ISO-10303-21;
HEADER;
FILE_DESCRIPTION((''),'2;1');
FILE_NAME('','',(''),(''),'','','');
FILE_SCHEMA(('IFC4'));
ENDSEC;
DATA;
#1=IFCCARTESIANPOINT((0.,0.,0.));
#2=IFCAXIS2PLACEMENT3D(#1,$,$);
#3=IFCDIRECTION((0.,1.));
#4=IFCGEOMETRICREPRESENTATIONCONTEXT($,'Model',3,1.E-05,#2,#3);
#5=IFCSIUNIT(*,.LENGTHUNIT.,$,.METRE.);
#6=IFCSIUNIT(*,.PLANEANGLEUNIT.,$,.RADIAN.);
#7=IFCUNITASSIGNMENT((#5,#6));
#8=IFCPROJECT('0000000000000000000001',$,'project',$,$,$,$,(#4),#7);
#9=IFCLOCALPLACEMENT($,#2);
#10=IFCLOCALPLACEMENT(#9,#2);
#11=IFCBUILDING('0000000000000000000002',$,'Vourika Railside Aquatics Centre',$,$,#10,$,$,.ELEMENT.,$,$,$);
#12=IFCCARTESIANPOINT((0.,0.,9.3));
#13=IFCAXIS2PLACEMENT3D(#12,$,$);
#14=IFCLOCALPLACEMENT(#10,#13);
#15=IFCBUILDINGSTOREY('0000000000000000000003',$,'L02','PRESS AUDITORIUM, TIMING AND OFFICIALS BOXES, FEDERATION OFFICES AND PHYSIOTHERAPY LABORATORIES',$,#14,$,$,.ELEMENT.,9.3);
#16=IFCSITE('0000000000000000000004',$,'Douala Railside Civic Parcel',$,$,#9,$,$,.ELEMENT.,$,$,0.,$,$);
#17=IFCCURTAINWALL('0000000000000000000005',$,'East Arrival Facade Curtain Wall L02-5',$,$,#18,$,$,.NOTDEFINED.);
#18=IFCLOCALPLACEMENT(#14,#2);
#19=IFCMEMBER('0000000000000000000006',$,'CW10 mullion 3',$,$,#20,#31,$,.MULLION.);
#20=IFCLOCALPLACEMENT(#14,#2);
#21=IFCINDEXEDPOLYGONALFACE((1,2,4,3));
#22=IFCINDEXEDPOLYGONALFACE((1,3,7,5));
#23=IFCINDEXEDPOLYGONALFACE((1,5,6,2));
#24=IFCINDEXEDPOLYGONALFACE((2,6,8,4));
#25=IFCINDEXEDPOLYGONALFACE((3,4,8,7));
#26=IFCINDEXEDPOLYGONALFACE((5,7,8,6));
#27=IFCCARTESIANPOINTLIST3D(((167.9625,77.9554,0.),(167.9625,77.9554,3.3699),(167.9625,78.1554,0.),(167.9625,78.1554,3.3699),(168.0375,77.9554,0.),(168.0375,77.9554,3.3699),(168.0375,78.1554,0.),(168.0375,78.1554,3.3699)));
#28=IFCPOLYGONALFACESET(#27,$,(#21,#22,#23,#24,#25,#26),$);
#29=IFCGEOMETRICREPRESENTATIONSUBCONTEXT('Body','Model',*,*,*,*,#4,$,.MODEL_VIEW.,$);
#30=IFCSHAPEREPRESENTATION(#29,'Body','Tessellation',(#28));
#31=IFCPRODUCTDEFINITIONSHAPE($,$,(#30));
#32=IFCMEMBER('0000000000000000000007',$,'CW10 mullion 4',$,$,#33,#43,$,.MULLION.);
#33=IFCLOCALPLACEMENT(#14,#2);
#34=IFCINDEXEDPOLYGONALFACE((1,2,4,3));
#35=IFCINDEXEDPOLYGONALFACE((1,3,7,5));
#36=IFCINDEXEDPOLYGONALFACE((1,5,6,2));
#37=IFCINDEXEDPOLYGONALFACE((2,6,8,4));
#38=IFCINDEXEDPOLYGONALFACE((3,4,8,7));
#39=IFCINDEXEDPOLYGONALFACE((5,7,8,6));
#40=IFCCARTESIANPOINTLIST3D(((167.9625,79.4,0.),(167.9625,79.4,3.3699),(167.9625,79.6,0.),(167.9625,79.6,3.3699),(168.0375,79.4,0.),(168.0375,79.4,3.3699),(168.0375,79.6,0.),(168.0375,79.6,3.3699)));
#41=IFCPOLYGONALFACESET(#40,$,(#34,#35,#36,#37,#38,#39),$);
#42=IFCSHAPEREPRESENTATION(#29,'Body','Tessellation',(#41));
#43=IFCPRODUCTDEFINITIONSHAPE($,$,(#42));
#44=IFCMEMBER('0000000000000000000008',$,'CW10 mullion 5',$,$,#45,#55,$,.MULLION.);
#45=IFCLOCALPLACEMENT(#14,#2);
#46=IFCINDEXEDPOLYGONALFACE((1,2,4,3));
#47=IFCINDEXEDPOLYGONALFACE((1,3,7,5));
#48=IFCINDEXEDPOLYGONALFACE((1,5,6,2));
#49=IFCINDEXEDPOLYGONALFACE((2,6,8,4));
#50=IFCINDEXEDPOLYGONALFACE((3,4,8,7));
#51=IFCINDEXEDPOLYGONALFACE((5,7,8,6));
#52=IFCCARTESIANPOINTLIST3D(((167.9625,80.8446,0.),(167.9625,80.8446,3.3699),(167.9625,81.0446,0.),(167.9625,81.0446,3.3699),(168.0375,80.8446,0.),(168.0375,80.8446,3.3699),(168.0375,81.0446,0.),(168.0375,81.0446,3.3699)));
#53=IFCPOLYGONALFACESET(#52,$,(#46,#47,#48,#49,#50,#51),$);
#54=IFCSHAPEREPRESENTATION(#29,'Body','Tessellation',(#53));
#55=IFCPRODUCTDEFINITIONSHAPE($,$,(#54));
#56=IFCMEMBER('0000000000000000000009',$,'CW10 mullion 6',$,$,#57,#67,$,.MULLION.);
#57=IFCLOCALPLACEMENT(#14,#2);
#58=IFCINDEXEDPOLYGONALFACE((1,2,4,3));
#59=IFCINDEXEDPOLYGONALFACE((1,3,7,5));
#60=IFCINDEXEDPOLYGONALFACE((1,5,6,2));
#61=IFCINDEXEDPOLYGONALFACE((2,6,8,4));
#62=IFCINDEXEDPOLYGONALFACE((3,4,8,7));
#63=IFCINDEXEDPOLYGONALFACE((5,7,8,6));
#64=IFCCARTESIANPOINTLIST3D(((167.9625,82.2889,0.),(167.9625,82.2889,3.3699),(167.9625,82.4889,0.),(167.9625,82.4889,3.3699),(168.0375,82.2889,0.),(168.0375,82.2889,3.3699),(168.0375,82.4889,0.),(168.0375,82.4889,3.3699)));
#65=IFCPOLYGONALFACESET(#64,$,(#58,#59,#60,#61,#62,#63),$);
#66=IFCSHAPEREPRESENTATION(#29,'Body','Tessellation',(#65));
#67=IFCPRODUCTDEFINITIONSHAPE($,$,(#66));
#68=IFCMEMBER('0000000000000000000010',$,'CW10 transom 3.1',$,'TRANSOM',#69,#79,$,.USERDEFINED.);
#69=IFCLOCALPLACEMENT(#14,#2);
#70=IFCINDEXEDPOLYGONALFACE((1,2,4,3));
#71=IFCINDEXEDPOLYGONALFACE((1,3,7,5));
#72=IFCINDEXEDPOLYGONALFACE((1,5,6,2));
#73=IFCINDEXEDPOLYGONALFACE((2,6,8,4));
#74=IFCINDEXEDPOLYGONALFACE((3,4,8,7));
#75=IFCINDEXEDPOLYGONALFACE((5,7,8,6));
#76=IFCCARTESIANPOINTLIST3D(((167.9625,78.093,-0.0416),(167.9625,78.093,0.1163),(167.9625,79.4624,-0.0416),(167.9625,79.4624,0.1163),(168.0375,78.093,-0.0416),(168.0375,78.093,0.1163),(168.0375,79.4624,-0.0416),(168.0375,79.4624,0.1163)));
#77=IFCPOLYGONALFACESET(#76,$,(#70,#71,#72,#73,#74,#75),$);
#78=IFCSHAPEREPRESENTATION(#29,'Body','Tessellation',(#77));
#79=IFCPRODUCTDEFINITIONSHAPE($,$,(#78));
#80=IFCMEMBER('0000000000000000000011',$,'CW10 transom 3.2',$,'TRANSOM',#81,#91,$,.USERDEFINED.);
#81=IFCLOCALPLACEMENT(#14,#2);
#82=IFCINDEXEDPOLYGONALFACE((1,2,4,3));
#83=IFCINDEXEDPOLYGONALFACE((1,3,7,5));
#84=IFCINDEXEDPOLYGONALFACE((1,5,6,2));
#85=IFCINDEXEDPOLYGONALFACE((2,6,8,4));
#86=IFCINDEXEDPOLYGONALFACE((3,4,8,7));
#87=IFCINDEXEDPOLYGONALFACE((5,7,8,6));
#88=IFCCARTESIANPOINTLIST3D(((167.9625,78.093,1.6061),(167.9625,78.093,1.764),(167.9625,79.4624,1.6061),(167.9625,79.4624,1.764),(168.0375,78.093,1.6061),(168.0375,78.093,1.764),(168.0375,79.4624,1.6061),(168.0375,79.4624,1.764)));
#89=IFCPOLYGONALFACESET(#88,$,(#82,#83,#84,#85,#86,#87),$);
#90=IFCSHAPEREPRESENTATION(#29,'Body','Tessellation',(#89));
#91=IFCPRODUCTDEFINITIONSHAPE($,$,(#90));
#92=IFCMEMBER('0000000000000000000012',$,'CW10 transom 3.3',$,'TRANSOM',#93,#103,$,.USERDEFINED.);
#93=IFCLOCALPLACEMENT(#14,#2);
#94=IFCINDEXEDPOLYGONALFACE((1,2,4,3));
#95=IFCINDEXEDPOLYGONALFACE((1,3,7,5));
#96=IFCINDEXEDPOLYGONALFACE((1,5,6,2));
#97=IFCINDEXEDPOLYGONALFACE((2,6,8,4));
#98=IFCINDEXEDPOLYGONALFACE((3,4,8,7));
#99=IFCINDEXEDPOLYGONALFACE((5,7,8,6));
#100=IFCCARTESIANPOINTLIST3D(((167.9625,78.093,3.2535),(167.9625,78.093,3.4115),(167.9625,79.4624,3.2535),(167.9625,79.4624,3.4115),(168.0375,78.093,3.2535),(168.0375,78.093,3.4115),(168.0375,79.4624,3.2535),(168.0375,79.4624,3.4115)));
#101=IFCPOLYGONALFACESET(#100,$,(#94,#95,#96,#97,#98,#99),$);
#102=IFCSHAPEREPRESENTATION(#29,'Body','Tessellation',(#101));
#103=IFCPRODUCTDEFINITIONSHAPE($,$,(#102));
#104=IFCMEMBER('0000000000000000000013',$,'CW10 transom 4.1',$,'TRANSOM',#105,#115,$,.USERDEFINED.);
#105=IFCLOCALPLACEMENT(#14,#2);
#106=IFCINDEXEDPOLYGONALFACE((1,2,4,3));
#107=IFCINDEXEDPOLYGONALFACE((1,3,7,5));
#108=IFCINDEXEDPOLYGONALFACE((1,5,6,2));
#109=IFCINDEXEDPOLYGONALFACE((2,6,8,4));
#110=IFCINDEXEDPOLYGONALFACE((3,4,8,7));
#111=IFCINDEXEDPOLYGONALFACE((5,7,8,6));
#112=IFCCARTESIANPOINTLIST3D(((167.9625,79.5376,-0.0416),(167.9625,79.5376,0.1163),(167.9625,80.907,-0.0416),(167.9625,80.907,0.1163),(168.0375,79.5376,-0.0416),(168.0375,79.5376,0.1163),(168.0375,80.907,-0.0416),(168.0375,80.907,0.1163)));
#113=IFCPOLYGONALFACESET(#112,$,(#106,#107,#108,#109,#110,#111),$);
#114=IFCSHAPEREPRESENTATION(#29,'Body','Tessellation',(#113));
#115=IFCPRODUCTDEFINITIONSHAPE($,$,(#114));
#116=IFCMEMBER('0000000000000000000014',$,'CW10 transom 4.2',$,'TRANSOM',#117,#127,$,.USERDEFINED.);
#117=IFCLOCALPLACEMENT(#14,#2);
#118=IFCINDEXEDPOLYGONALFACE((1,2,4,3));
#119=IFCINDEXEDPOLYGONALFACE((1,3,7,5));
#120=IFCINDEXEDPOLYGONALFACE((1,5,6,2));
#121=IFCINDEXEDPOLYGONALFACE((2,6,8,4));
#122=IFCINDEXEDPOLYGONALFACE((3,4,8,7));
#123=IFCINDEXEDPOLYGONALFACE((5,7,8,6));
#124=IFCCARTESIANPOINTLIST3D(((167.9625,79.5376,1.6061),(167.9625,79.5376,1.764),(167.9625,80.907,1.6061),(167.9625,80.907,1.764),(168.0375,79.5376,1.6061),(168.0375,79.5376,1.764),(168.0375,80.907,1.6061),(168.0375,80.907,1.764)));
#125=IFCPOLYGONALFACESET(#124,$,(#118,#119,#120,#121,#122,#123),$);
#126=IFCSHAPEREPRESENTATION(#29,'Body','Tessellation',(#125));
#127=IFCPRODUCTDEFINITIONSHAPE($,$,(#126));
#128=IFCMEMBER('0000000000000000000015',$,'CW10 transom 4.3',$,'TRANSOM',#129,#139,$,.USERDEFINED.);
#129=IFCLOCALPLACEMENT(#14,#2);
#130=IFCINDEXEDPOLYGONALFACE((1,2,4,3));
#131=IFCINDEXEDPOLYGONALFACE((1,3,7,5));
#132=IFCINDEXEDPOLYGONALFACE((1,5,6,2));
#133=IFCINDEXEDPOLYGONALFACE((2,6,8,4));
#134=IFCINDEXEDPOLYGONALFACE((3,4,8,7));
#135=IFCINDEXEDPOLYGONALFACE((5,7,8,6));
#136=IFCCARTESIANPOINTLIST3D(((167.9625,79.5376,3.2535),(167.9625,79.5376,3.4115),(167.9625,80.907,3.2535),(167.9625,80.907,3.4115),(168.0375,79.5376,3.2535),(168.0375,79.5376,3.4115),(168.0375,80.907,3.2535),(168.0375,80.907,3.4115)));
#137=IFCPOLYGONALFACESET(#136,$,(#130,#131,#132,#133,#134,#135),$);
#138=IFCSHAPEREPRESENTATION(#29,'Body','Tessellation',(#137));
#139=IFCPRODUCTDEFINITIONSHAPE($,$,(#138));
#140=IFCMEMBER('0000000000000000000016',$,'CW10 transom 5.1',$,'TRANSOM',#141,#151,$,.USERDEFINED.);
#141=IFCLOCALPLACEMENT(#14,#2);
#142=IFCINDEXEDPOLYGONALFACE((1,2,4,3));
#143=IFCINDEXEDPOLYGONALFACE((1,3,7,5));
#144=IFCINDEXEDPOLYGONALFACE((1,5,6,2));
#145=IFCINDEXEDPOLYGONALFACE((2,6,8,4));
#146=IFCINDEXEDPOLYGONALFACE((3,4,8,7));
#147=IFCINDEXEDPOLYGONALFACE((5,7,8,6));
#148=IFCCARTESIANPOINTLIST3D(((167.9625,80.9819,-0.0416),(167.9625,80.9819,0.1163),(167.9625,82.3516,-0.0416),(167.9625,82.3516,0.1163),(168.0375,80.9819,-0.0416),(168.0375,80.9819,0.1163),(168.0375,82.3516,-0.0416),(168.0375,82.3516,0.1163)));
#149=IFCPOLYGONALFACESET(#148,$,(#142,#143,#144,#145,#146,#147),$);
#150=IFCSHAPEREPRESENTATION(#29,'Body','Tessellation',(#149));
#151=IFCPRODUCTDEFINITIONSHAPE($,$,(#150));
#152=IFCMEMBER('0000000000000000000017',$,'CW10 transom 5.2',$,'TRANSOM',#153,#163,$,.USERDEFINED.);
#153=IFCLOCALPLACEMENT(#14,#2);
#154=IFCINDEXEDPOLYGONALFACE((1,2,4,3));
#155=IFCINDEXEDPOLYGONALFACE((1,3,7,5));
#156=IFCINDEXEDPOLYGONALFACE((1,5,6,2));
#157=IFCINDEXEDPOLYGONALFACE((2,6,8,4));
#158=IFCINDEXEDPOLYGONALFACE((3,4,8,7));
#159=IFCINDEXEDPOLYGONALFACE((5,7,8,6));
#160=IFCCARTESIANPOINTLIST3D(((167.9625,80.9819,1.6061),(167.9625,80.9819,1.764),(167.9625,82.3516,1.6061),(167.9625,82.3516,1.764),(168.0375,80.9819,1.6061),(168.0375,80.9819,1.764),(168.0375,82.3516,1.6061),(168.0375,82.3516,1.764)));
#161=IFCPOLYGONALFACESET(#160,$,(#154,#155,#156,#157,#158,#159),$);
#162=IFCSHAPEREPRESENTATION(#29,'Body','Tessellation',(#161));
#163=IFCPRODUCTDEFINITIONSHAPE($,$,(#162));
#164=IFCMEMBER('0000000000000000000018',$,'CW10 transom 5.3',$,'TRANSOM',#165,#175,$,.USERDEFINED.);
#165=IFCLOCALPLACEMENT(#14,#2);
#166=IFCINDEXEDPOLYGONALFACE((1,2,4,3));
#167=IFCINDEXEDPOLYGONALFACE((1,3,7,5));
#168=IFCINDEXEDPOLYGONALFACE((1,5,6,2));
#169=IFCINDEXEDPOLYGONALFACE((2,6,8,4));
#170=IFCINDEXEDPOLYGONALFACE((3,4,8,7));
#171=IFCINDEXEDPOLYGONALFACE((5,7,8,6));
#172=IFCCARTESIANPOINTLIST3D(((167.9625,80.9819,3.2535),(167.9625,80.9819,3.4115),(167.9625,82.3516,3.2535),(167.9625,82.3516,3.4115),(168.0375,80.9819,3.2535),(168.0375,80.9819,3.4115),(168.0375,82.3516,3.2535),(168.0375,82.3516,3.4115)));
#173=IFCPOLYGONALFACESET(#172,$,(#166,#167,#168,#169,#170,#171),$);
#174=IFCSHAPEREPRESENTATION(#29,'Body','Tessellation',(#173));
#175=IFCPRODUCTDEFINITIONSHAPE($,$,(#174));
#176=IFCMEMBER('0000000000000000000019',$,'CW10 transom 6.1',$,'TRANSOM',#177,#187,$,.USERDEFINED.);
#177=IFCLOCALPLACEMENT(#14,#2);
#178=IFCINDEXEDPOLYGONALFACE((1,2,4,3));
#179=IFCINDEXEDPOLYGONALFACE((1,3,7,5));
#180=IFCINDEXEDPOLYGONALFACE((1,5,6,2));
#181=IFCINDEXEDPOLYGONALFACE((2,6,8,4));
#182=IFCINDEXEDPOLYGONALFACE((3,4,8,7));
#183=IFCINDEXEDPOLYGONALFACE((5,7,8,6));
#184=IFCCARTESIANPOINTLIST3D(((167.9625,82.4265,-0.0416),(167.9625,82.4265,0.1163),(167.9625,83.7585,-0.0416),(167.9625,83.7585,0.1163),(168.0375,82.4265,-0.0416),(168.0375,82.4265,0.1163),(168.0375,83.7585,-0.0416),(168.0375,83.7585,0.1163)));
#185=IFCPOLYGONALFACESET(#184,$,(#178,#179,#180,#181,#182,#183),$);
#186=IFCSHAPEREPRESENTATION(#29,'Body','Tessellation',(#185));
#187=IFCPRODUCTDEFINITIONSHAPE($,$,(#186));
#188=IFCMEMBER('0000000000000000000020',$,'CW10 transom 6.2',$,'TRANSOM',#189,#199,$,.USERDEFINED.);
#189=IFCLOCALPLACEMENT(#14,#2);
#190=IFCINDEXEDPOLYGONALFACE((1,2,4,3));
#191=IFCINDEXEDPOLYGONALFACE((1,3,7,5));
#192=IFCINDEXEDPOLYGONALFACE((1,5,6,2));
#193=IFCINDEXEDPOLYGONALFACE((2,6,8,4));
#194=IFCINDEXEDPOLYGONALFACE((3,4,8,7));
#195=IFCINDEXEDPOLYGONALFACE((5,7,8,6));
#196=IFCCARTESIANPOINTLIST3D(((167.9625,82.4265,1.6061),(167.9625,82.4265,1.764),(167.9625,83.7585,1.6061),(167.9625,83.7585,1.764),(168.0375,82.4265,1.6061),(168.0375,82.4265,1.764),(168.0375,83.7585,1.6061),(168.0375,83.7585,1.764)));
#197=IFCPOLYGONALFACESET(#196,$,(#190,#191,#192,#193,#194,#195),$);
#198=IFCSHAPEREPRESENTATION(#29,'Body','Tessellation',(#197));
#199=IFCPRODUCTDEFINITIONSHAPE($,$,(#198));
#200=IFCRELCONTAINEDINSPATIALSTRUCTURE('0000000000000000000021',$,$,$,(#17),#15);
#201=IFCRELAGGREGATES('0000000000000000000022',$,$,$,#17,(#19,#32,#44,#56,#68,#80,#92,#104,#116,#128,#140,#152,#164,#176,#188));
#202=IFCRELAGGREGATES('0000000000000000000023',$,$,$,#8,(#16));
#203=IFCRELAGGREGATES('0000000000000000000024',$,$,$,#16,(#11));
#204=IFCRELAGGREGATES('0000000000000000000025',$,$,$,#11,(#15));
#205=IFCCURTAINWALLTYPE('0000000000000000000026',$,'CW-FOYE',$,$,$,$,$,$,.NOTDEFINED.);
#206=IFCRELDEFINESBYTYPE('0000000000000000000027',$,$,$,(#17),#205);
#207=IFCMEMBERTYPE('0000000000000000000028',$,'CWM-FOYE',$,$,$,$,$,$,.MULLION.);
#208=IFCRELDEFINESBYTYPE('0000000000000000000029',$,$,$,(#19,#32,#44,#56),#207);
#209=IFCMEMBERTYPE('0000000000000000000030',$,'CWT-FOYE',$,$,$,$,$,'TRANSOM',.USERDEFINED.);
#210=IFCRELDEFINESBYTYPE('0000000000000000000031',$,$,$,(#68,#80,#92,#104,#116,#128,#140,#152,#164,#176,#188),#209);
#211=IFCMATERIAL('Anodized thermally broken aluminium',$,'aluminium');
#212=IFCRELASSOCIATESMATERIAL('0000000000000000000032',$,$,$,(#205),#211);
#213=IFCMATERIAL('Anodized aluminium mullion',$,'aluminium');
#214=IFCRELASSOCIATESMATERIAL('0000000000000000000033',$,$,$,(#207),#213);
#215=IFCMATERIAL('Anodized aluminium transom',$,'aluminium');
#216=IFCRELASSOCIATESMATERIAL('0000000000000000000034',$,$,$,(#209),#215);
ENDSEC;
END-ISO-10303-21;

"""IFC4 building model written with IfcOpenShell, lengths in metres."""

from ifc_helpers import new_model, si_unit, direction, frame, origin, origin_2d, place, context, subcontext, project, spatial, rectangle, extrude, material, material_profile, profile_set, type_object, element, aggregate, save


model = new_model("IFC4")

# Units and contexts
model_context = context("Model", 3, precision=1e-05, world=origin(), true_north=direction((0.0, 1.0)))
body_context = subcontext(model_context, "Body", "Model", "MODEL_VIEW")
ifc_project = project(units=[si_unit("LENGTHUNIT", "METRE"), si_unit("PLANEANGLEUNIT", "RADIAN")], contexts=[model_context])

# Site, building, storey
site_placement = place(None, origin())
site = spatial("IfcSite", under=ifc_project, at=site_placement, Name="Douala Railside Civic Parcel", CompositionType="ELEMENT", RefElevation=0.0)
building_placement = place(site_placement, origin())
building = spatial("IfcBuilding", under=site, at=building_placement, Name="Vourika Railside Aquatics Centre", CompositionType="ELEMENT")
storey_placement = place(building_placement, frame((0.0, 0.0, 9.3)))
storey = spatial("IfcBuildingStorey", under=building, at=storey_placement, Name="L02", Description="PRESS AUDITORIUM, TIMING AND OFFICIALS BOXES, FEDERATION OFFICES AND PHYSIOTHERAPY LABORATORIES", CompositionType="ELEMENT", Elevation=9.3)

# Curtain wall, members
ifc_material_1 = material(Name="Anodized thermally broken aluminium", Category="aluminium")
curtain_wall_type = type_object("IfcCurtainWallType", Name="CW-FOYE", PredefinedType="NOTDEFINED", material=ifc_material_1)
curtain_wall_placement = place(storey_placement, origin())
curtain_wall = element("IfcCurtainWall", 1, at=curtain_wall_placement, inside=storey, type_object=curtain_wall_type, Name="East Arrival Facade Curtain Wall L02-5", PredefinedType="NOTDEFINED")
ifc_material_2 = material(Name="Anodized aluminium mullion", Category="aluminium")
ifc_material_profile_1 = material_profile(ifc_material_2, rectangle(XDim=0.075, YDim=0.2, at=origin_2d()), Name="ALU-M 75x200")
ifc_profile_set_1 = profile_set([ifc_material_profile_1], Name="Anodized aluminium mullion")
member_type_1 = type_object("IfcMemberType", Name="CWM-FOYE", PredefinedType="MULLION", material=ifc_profile_set_1)
member_1_placement = place(storey_placement, frame((168.0, 78.0554, 0.0), z_axis=(0.0, 0.0, 1.0), x_axis=(-1.0, 0.0, 0.0)))
member_1 = element("IfcMember", 2, at=member_1_placement, type_object=member_type_1, Name="CW10 mullion 3", PredefinedType="MULLION", context=body_context, shape_type="SweptSolid", body=[
    extrude(rectangle(XDim=0.075, YDim=0.2, at=origin_2d()), origin(), (0.0, 0.0, 1.0), 3.3699),
])
member_2_placement = place(storey_placement, frame((168.0, 79.5, 0.0), z_axis=(0.0, 0.0, 1.0), x_axis=(-1.0, 0.0, 0.0)))
member_2 = element("IfcMember", 3, at=member_2_placement, type_object=member_type_1, Name="CW10 mullion 4", PredefinedType="MULLION", context=body_context, shape_type="SweptSolid", body=[
    extrude(rectangle(XDim=0.075, YDim=0.2, at=origin_2d()), origin(), (0.0, 0.0, 1.0), 3.3699),
])
member_3_placement = place(storey_placement, frame((168.0, 80.9446, 0.0), z_axis=(0.0, 0.0, 1.0), x_axis=(-1.0, 0.0, 0.0)))
member_3 = element("IfcMember", 4, at=member_3_placement, type_object=member_type_1, Name="CW10 mullion 5", PredefinedType="MULLION", context=body_context, shape_type="SweptSolid", body=[
    extrude(rectangle(XDim=0.075, YDim=0.2, at=origin_2d()), origin(), (0.0, 0.0, 1.0), 3.3699),
])
member_4_placement = place(storey_placement, frame((168.0, 82.3889, 0.0), z_axis=(0.0, 0.0, 1.0), x_axis=(-1.0, 0.0, 0.0)))
member_4 = element("IfcMember", 5, at=member_4_placement, type_object=member_type_1, Name="CW10 mullion 6", PredefinedType="MULLION", context=body_context, shape_type="SweptSolid", body=[
    extrude(rectangle(XDim=0.075, YDim=0.2, at=origin_2d()), origin(), (0.0, 0.0, 1.0), 3.3699),
])
ifc_material_3 = material(Name="Anodized aluminium transom", Category="aluminium")
ifc_material_profile_2 = material_profile(ifc_material_3, rectangle(XDim=0.075, YDim=0.158, at=origin_2d()), Name="ALU-T 75x158")
ifc_profile_set_2 = profile_set([ifc_material_profile_2], Name="Anodized aluminium transom")
member_type_2 = type_object("IfcMemberType", Name="CWT-FOYE", ElementType="TRANSOM", PredefinedType="USERDEFINED", material=ifc_profile_set_2)
member_5_placement = place(storey_placement, frame((168.0, 78.093, 0.0374), z_axis=(0.0, 1.0, 0.0), x_axis=(-1.0, 0.0, 0.0)))
member_5 = element("IfcMember", 6, at=member_5_placement, type_object=member_type_2, Name="CW10 transom 3.1", ObjectType="TRANSOM", PredefinedType="USERDEFINED", context=body_context, shape_type="SweptSolid", body=[
    extrude(rectangle(XDim=0.075, YDim=0.158, at=origin_2d()), origin(), (0.0, 0.0, 1.0), 1.3694),
])
member_6_placement = place(storey_placement, frame((168.0, 78.093, 1.6851), z_axis=(0.0, 1.0, 0.0), x_axis=(-1.0, 0.0, 0.0)))
member_6 = element("IfcMember", 7, at=member_6_placement, type_object=member_type_2, Name="CW10 transom 3.2", ObjectType="TRANSOM", PredefinedType="USERDEFINED", context=body_context, shape_type="SweptSolid", body=[
    extrude(rectangle(XDim=0.075, YDim=0.158, at=origin_2d()), origin(), (0.0, 0.0, 1.0), 1.3694),
])
member_7_placement = place(storey_placement, frame((168.0, 78.093, 3.3325), z_axis=(0.0, 1.0, 0.0), x_axis=(-1.0, 0.0, 0.0)))
member_7 = element("IfcMember", 8, at=member_7_placement, type_object=member_type_2, Name="CW10 transom 3.3", ObjectType="TRANSOM", PredefinedType="USERDEFINED", context=body_context, shape_type="SweptSolid", body=[
    extrude(rectangle(XDim=0.075, YDim=0.158, at=origin_2d()), origin(), (0.0, 0.0, 1.0), 1.3694),
])
member_8_placement = place(storey_placement, frame((168.0, 79.5376, 0.0374), z_axis=(0.0, 1.0, 0.0), x_axis=(-1.0, 0.0, 0.0)))
member_8 = element("IfcMember", 9, at=member_8_placement, type_object=member_type_2, Name="CW10 transom 4.1", ObjectType="TRANSOM", PredefinedType="USERDEFINED", context=body_context, shape_type="SweptSolid", body=[
    extrude(rectangle(XDim=0.075, YDim=0.158, at=origin_2d()), origin(), (0.0, 0.0, 1.0), 1.3694),
])
member_9_placement = place(storey_placement, frame((168.0, 79.5376, 1.6851), z_axis=(0.0, 1.0, 0.0), x_axis=(-1.0, 0.0, 0.0)))
member_9 = element("IfcMember", 10, at=member_9_placement, type_object=member_type_2, Name="CW10 transom 4.2", ObjectType="TRANSOM", PredefinedType="USERDEFINED", context=body_context, shape_type="SweptSolid", body=[
    extrude(rectangle(XDim=0.075, YDim=0.158, at=origin_2d()), origin(), (0.0, 0.0, 1.0), 1.3694),
])
member_10_placement = place(storey_placement, frame((168.0, 79.5376, 3.3325), z_axis=(0.0, 1.0, 0.0), x_axis=(-1.0, 0.0, 0.0)))
member_10 = element("IfcMember", 11, at=member_10_placement, type_object=member_type_2, Name="CW10 transom 4.3", ObjectType="TRANSOM", PredefinedType="USERDEFINED", context=body_context, shape_type="SweptSolid", body=[
    extrude(rectangle(XDim=0.075, YDim=0.158, at=origin_2d()), origin(), (0.0, 0.0, 1.0), 1.3694),
])
member_11_placement = place(storey_placement, frame((168.0, 80.9819, 0.0374), z_axis=(0.0, 1.0, 0.0), x_axis=(-1.0, 0.0, 0.0)))
member_11 = element("IfcMember", 12, at=member_11_placement, type_object=member_type_2, Name="CW10 transom 5.1", ObjectType="TRANSOM", PredefinedType="USERDEFINED", context=body_context, shape_type="SweptSolid", body=[
    extrude(rectangle(XDim=0.075, YDim=0.158, at=origin_2d()), origin(), (0.0, 0.0, 1.0), 1.3696),
])
member_12_placement = place(storey_placement, frame((168.0, 80.9819, 1.6851), z_axis=(0.0, 1.0, 0.0), x_axis=(-1.0, 0.0, 0.0)))
member_12 = element("IfcMember", 13, at=member_12_placement, type_object=member_type_2, Name="CW10 transom 5.2", ObjectType="TRANSOM", PredefinedType="USERDEFINED", context=body_context, shape_type="SweptSolid", body=[
    extrude(rectangle(XDim=0.075, YDim=0.158, at=origin_2d()), origin(), (0.0, 0.0, 1.0), 1.3696),
])
member_13_placement = place(storey_placement, frame((168.0, 80.9819, 3.3325), z_axis=(0.0, 1.0, 0.0), x_axis=(-1.0, 0.0, 0.0)))
member_13 = element("IfcMember", 14, at=member_13_placement, type_object=member_type_2, Name="CW10 transom 5.3", ObjectType="TRANSOM", PredefinedType="USERDEFINED", context=body_context, shape_type="SweptSolid", body=[
    extrude(rectangle(XDim=0.075, YDim=0.158, at=origin_2d()), origin(), (0.0, 0.0, 1.0), 1.3696),
])
member_14_placement = place(storey_placement, frame((168.0, 82.4265, 0.0374), z_axis=(0.0, 1.0, 0.0), x_axis=(-1.0, 0.0, 0.0)))
member_14 = element("IfcMember", 15, at=member_14_placement, type_object=member_type_2, Name="CW10 transom 6.1", ObjectType="TRANSOM", PredefinedType="USERDEFINED", context=body_context, shape_type="SweptSolid", body=[
    extrude(rectangle(XDim=0.075, YDim=0.158, at=origin_2d()), origin(), (0.0, 0.0, 1.0), 1.332),
])
member_15_placement = place(storey_placement, frame((168.0, 82.4265, 1.6851), z_axis=(0.0, 1.0, 0.0), x_axis=(-1.0, 0.0, 0.0)))
member_15 = element("IfcMember", 16, at=member_15_placement, type_object=member_type_2, Name="CW10 transom 6.2", ObjectType="TRANSOM", PredefinedType="USERDEFINED", context=body_context, shape_type="SweptSolid", body=[
    extrude(rectangle(XDim=0.075, YDim=0.158, at=origin_2d()), origin(), (0.0, 0.0, 1.0), 1.332),
])
aggregate(curtain_wall, [member_1, member_2, member_3, member_4, member_5, member_6, member_7, member_8, member_9, member_10, member_11, member_12, member_13, member_14, member_15])

save(model, "model.ifc")
